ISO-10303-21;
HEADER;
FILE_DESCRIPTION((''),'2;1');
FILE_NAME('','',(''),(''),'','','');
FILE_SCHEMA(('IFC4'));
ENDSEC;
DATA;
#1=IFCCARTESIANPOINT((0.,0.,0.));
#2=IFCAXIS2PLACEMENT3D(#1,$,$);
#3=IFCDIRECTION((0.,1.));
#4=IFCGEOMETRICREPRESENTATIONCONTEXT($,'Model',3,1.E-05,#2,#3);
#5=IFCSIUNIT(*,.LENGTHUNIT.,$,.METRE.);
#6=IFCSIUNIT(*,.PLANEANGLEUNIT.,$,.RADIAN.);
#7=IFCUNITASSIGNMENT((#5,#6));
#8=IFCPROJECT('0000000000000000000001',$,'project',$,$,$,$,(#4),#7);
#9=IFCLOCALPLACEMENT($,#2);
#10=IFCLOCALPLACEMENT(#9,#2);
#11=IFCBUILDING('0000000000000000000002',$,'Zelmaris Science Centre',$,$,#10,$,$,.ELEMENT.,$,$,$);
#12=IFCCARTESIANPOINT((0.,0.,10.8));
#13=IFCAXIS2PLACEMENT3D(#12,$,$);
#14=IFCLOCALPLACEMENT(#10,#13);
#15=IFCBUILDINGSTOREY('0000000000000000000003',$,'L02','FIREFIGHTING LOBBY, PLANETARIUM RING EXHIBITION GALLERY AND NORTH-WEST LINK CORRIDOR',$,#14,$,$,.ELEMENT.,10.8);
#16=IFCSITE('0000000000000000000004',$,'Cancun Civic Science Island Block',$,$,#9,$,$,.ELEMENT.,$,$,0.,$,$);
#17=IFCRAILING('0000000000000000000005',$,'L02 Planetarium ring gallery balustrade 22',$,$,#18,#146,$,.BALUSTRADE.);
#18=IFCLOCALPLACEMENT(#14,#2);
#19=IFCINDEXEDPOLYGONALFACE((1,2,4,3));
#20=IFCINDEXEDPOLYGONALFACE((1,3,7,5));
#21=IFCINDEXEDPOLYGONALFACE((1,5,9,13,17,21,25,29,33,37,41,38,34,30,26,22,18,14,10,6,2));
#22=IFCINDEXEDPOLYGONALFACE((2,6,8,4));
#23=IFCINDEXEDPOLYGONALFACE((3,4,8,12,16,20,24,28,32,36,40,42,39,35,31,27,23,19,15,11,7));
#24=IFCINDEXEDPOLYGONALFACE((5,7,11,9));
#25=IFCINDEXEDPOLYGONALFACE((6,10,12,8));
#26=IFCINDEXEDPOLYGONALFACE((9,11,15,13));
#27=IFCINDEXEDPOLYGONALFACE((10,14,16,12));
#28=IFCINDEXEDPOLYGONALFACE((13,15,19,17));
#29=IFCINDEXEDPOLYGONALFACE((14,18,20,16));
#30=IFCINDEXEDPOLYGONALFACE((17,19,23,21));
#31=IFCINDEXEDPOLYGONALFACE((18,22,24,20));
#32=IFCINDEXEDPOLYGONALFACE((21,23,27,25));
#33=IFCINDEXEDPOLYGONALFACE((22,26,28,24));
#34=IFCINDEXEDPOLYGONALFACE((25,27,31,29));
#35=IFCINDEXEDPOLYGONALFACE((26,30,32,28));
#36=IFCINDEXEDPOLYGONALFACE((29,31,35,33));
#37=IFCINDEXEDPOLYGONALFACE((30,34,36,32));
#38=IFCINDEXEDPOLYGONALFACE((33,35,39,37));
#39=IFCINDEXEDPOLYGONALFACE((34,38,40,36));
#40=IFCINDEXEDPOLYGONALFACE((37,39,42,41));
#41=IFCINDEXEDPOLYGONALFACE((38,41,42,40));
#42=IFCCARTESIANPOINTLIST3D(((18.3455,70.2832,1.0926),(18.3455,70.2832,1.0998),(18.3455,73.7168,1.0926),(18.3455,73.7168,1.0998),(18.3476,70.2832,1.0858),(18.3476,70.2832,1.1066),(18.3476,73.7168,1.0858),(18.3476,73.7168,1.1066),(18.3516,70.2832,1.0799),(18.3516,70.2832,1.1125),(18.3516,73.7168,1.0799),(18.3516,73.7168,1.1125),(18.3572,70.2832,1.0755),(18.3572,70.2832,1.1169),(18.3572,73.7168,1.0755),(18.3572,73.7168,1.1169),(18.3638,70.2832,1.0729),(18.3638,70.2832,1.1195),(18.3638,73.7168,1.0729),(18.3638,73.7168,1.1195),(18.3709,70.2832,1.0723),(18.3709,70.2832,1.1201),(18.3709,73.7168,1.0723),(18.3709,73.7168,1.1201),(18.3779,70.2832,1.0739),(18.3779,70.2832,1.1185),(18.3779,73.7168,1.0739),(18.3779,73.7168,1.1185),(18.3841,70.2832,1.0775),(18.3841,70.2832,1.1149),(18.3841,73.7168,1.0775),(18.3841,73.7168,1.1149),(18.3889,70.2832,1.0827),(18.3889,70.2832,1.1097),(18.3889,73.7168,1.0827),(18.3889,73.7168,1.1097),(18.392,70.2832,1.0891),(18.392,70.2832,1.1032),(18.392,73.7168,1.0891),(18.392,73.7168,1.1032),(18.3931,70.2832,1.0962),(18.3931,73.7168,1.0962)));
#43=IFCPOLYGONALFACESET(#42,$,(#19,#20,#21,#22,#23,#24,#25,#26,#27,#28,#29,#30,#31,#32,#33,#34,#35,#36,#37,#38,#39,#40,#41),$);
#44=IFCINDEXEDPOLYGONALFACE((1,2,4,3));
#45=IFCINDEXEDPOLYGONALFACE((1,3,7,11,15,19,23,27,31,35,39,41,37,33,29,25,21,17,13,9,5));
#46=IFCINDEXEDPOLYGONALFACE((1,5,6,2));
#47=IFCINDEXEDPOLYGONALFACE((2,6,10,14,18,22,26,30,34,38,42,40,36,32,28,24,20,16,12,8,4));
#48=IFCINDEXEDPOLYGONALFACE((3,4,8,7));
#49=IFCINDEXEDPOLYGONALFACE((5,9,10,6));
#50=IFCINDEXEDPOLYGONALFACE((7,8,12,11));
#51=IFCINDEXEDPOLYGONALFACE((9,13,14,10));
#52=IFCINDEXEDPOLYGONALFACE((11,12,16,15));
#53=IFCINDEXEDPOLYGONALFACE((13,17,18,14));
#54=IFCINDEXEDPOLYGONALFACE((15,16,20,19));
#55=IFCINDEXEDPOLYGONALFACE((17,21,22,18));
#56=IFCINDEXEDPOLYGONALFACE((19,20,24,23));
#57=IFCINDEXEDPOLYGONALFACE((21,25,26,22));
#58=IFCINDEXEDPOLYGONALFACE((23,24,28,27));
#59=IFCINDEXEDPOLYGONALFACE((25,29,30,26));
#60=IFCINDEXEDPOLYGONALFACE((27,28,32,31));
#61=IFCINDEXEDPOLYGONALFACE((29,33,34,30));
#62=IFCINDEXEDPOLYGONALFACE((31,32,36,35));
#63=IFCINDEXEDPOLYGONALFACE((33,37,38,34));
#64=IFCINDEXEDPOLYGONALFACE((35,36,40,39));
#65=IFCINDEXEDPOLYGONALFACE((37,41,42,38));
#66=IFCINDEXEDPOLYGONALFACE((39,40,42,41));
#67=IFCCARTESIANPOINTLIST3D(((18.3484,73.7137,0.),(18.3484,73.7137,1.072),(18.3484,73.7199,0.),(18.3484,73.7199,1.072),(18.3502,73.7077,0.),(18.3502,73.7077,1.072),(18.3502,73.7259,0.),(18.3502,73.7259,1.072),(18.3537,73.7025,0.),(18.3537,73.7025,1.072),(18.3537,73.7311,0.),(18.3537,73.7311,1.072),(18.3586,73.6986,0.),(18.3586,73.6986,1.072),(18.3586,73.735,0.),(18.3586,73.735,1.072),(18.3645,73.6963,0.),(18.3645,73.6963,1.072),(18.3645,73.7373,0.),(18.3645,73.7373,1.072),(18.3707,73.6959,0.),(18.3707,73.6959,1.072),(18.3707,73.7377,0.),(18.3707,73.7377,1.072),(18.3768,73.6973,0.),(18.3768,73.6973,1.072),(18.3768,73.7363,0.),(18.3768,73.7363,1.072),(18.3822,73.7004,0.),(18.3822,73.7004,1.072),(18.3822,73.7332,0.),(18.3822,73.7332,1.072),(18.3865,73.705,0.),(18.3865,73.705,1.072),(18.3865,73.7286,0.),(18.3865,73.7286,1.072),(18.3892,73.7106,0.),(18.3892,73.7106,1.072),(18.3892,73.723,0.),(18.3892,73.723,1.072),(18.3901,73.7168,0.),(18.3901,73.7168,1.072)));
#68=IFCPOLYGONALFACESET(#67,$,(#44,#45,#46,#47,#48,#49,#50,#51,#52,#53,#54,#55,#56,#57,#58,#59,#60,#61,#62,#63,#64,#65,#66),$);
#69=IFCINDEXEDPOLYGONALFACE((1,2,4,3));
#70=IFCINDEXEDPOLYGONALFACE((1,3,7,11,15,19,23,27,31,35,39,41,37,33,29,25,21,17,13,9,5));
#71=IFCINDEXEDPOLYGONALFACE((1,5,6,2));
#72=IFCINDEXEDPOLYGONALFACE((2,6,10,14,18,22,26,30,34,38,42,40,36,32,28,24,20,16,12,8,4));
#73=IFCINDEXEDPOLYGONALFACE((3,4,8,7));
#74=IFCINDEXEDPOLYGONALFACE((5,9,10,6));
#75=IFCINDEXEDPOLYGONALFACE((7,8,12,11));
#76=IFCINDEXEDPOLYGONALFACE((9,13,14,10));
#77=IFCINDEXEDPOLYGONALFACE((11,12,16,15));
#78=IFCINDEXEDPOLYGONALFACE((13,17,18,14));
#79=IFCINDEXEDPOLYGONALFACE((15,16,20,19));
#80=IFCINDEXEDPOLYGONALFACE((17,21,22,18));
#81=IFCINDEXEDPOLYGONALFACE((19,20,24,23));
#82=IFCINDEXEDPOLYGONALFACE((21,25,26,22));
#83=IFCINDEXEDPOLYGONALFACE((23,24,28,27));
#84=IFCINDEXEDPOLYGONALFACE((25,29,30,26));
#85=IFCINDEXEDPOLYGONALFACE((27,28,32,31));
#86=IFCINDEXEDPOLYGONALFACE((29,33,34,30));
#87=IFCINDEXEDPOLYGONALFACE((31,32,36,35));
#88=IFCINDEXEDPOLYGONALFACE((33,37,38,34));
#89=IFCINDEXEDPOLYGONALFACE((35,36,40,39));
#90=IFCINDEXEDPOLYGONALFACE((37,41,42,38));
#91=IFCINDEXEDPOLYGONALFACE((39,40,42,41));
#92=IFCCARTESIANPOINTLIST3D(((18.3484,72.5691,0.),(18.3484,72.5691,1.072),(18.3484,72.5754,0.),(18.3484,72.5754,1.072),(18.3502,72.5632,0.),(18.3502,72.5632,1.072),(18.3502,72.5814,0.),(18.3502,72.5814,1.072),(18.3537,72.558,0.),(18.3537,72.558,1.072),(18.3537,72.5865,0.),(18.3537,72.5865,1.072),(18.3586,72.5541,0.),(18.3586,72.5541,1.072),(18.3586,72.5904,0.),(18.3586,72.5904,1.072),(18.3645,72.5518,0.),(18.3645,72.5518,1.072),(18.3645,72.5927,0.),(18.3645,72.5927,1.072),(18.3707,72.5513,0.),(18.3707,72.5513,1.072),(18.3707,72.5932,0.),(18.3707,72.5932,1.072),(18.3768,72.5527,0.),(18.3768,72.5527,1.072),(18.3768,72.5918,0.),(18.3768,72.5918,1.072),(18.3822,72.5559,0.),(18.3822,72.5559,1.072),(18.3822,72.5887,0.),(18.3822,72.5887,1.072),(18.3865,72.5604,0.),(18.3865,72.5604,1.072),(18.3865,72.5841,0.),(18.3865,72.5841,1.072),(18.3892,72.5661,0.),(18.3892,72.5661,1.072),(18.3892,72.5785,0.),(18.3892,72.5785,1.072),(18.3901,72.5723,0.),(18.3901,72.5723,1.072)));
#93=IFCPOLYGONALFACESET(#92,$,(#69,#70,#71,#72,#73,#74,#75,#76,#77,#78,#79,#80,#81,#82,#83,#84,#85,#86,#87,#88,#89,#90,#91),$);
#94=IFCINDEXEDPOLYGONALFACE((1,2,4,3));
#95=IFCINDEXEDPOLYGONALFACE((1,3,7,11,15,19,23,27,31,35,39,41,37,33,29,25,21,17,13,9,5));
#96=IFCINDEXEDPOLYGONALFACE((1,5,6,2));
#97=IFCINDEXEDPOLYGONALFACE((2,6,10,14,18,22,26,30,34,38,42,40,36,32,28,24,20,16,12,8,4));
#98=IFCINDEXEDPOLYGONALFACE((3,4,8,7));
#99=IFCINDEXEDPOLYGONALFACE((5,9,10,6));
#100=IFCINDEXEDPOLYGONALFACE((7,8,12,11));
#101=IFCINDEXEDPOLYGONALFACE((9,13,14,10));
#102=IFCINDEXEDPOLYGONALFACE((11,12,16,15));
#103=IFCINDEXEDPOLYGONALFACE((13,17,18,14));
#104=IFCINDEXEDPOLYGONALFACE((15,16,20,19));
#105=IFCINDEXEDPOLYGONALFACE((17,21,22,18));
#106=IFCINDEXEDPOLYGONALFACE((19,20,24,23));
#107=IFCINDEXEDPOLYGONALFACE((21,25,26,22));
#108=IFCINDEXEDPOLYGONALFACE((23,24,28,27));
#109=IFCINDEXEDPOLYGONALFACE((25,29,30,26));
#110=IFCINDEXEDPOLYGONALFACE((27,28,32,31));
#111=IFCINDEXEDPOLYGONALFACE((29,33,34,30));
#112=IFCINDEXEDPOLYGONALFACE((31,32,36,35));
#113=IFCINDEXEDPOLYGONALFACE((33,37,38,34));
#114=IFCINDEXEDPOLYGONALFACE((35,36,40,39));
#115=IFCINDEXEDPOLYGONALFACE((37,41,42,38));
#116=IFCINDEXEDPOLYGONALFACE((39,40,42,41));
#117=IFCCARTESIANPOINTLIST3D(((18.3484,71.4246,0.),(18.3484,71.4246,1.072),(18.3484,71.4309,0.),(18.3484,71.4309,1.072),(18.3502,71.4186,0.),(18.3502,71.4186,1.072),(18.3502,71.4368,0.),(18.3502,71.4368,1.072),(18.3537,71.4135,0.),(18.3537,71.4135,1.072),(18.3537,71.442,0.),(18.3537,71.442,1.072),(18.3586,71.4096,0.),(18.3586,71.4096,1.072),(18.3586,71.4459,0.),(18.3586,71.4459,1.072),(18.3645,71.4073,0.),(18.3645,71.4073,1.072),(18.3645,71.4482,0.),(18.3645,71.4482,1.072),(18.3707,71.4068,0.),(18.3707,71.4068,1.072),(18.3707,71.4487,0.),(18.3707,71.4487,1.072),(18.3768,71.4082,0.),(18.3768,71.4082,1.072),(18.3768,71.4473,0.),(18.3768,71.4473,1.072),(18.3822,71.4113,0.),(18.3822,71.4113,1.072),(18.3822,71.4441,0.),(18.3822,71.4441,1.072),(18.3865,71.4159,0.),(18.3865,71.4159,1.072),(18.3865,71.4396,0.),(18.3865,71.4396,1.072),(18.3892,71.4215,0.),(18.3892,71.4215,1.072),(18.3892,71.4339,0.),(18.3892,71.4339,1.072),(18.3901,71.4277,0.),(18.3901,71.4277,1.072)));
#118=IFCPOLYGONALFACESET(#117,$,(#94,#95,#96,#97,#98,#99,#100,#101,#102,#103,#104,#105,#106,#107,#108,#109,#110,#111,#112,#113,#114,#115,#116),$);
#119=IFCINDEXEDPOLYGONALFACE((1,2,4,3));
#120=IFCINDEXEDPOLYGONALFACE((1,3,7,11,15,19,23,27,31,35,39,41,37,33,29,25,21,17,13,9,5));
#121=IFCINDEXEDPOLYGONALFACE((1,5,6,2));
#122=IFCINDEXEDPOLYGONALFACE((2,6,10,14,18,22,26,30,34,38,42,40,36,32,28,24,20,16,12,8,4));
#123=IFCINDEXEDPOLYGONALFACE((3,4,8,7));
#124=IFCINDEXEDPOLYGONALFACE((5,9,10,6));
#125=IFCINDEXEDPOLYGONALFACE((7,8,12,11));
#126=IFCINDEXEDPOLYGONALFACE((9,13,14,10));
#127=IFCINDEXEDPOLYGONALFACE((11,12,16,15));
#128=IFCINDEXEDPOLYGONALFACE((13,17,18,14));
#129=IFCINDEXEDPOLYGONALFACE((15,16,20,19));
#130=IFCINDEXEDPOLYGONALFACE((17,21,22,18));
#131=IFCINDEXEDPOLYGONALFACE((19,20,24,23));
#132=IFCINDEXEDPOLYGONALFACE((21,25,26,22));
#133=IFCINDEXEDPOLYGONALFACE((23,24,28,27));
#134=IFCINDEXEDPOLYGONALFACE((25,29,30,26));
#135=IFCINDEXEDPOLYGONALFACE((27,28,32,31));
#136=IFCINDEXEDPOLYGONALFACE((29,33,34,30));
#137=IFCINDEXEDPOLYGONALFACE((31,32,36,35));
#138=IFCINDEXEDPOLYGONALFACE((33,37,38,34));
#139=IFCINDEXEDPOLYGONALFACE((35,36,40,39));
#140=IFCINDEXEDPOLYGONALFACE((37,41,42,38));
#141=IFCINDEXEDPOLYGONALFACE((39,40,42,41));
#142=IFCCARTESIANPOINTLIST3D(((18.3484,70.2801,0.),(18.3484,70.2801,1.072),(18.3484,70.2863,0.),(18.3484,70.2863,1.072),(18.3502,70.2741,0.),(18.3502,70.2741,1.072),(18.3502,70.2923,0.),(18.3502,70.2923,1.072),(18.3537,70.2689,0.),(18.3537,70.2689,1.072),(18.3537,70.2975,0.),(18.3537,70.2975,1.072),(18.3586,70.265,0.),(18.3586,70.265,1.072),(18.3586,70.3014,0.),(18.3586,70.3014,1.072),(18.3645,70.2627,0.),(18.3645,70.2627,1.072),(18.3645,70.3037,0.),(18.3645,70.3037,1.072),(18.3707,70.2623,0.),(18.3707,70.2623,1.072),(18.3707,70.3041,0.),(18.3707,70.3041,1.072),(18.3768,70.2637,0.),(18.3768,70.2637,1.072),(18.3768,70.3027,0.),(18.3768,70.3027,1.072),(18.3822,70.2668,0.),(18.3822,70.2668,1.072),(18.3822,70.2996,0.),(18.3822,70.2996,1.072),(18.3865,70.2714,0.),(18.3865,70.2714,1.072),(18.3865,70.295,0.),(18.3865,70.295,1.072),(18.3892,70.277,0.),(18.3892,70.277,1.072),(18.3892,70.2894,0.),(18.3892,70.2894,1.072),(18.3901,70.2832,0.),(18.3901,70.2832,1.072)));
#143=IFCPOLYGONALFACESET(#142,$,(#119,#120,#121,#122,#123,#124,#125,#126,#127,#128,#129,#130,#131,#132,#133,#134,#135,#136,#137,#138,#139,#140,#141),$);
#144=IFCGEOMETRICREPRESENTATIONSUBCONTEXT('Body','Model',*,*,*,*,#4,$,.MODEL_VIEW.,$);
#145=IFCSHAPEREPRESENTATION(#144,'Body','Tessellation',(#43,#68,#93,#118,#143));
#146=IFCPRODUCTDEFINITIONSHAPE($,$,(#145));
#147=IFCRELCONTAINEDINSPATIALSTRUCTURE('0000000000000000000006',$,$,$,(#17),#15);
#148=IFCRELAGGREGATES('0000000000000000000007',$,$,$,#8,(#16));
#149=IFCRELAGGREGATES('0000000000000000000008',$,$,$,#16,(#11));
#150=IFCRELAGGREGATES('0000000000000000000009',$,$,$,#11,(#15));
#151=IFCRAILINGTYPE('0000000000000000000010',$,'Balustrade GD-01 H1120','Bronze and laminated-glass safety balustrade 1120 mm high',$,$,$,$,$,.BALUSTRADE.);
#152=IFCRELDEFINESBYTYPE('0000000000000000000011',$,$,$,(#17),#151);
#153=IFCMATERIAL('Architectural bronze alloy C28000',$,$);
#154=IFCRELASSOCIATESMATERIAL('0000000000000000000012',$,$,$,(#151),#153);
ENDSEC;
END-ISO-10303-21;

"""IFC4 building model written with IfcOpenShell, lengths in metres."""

from ifc_helpers import new_model, si_unit, direction, frame, origin, origin_2d, place, context, subcontext, project, spatial, circle, extrude, material, type_object, element, save


model = new_model("IFC4")

# Units and contexts
model_context = context("Model", 3, precision=1e-05, world=origin(), true_north=direction((0.0, 1.0)))
body_context = subcontext(model_context, "Body", "Model", "MODEL_VIEW")
ifc_project = project(units=[si_unit("LENGTHUNIT", "METRE"), si_unit("PLANEANGLEUNIT", "RADIAN")], contexts=[model_context])

# Site, building, storey
site_placement = place(None, origin())
site = spatial("IfcSite", under=ifc_project, at=site_placement, Name="Cancun Civic Science Island Block", CompositionType="ELEMENT", RefElevation=0.0)
building_placement = place(site_placement, origin())
building = spatial("IfcBuilding", under=site, at=building_placement, Name="Zelmaris Science Centre", CompositionType="ELEMENT")
storey_placement = place(building_placement, frame((0.0, 0.0, 10.8)))
storey = spatial("IfcBuildingStorey", under=building, at=storey_placement, Name="L02", Description="FIREFIGHTING LOBBY, PLANETARIUM RING EXHIBITION GALLERY AND NORTH-WEST LINK CORRIDOR", CompositionType="ELEMENT", Elevation=10.8)

# Railing
ifc_material_1 = material(Name="Architectural bronze alloy C28000")
railing_type = type_object("IfcRailingType", Name="Balustrade GD-01 H1120", Description="Bronze and laminated-glass safety balustrade 1120 mm high", PredefinedType="BALUSTRADE", material=ifc_material_1)
railing_1_placement = place(storey_placement, frame((18.3691, 73.7168, 0.0)))
element("IfcRailing", 1, at=railing_1_placement, inside=storey, type_object=railing_type, Name="L02 Planetarium ring gallery balustrade 22", PredefinedType="BALUSTRADE", context=body_context, shape_type="SweptSolid", body=[
    extrude(circle(Radius=0.0239, at=origin_2d()), frame((0.0, 0.0, 1.0962), z_axis=(0.0, -1.0, 0.0), x_axis=(1.0, 0.0, 0.0)), (0.0, 0.0, 1.0), 3.4336),
    extrude(circle(Radius=0.021, at=origin_2d()), origin(), (0.0, 0.0, 1.0), 1.072),
    extrude(circle(Radius=0.021, at=origin_2d()), frame((0.0, -1.1445, 0.0)), (0.0, 0.0, 1.0), 1.072),
    extrude(circle(Radius=0.021, at=origin_2d()), frame((0.0, -2.2891, 0.0)), (0.0, 0.0, 1.0), 1.072),
    extrude(circle(Radius=0.021, at=origin_2d()), frame((0.0, -3.4336, 0.0)), (0.0, 0.0, 1.0), 1.072),
])

save(model, "model.ifc")
